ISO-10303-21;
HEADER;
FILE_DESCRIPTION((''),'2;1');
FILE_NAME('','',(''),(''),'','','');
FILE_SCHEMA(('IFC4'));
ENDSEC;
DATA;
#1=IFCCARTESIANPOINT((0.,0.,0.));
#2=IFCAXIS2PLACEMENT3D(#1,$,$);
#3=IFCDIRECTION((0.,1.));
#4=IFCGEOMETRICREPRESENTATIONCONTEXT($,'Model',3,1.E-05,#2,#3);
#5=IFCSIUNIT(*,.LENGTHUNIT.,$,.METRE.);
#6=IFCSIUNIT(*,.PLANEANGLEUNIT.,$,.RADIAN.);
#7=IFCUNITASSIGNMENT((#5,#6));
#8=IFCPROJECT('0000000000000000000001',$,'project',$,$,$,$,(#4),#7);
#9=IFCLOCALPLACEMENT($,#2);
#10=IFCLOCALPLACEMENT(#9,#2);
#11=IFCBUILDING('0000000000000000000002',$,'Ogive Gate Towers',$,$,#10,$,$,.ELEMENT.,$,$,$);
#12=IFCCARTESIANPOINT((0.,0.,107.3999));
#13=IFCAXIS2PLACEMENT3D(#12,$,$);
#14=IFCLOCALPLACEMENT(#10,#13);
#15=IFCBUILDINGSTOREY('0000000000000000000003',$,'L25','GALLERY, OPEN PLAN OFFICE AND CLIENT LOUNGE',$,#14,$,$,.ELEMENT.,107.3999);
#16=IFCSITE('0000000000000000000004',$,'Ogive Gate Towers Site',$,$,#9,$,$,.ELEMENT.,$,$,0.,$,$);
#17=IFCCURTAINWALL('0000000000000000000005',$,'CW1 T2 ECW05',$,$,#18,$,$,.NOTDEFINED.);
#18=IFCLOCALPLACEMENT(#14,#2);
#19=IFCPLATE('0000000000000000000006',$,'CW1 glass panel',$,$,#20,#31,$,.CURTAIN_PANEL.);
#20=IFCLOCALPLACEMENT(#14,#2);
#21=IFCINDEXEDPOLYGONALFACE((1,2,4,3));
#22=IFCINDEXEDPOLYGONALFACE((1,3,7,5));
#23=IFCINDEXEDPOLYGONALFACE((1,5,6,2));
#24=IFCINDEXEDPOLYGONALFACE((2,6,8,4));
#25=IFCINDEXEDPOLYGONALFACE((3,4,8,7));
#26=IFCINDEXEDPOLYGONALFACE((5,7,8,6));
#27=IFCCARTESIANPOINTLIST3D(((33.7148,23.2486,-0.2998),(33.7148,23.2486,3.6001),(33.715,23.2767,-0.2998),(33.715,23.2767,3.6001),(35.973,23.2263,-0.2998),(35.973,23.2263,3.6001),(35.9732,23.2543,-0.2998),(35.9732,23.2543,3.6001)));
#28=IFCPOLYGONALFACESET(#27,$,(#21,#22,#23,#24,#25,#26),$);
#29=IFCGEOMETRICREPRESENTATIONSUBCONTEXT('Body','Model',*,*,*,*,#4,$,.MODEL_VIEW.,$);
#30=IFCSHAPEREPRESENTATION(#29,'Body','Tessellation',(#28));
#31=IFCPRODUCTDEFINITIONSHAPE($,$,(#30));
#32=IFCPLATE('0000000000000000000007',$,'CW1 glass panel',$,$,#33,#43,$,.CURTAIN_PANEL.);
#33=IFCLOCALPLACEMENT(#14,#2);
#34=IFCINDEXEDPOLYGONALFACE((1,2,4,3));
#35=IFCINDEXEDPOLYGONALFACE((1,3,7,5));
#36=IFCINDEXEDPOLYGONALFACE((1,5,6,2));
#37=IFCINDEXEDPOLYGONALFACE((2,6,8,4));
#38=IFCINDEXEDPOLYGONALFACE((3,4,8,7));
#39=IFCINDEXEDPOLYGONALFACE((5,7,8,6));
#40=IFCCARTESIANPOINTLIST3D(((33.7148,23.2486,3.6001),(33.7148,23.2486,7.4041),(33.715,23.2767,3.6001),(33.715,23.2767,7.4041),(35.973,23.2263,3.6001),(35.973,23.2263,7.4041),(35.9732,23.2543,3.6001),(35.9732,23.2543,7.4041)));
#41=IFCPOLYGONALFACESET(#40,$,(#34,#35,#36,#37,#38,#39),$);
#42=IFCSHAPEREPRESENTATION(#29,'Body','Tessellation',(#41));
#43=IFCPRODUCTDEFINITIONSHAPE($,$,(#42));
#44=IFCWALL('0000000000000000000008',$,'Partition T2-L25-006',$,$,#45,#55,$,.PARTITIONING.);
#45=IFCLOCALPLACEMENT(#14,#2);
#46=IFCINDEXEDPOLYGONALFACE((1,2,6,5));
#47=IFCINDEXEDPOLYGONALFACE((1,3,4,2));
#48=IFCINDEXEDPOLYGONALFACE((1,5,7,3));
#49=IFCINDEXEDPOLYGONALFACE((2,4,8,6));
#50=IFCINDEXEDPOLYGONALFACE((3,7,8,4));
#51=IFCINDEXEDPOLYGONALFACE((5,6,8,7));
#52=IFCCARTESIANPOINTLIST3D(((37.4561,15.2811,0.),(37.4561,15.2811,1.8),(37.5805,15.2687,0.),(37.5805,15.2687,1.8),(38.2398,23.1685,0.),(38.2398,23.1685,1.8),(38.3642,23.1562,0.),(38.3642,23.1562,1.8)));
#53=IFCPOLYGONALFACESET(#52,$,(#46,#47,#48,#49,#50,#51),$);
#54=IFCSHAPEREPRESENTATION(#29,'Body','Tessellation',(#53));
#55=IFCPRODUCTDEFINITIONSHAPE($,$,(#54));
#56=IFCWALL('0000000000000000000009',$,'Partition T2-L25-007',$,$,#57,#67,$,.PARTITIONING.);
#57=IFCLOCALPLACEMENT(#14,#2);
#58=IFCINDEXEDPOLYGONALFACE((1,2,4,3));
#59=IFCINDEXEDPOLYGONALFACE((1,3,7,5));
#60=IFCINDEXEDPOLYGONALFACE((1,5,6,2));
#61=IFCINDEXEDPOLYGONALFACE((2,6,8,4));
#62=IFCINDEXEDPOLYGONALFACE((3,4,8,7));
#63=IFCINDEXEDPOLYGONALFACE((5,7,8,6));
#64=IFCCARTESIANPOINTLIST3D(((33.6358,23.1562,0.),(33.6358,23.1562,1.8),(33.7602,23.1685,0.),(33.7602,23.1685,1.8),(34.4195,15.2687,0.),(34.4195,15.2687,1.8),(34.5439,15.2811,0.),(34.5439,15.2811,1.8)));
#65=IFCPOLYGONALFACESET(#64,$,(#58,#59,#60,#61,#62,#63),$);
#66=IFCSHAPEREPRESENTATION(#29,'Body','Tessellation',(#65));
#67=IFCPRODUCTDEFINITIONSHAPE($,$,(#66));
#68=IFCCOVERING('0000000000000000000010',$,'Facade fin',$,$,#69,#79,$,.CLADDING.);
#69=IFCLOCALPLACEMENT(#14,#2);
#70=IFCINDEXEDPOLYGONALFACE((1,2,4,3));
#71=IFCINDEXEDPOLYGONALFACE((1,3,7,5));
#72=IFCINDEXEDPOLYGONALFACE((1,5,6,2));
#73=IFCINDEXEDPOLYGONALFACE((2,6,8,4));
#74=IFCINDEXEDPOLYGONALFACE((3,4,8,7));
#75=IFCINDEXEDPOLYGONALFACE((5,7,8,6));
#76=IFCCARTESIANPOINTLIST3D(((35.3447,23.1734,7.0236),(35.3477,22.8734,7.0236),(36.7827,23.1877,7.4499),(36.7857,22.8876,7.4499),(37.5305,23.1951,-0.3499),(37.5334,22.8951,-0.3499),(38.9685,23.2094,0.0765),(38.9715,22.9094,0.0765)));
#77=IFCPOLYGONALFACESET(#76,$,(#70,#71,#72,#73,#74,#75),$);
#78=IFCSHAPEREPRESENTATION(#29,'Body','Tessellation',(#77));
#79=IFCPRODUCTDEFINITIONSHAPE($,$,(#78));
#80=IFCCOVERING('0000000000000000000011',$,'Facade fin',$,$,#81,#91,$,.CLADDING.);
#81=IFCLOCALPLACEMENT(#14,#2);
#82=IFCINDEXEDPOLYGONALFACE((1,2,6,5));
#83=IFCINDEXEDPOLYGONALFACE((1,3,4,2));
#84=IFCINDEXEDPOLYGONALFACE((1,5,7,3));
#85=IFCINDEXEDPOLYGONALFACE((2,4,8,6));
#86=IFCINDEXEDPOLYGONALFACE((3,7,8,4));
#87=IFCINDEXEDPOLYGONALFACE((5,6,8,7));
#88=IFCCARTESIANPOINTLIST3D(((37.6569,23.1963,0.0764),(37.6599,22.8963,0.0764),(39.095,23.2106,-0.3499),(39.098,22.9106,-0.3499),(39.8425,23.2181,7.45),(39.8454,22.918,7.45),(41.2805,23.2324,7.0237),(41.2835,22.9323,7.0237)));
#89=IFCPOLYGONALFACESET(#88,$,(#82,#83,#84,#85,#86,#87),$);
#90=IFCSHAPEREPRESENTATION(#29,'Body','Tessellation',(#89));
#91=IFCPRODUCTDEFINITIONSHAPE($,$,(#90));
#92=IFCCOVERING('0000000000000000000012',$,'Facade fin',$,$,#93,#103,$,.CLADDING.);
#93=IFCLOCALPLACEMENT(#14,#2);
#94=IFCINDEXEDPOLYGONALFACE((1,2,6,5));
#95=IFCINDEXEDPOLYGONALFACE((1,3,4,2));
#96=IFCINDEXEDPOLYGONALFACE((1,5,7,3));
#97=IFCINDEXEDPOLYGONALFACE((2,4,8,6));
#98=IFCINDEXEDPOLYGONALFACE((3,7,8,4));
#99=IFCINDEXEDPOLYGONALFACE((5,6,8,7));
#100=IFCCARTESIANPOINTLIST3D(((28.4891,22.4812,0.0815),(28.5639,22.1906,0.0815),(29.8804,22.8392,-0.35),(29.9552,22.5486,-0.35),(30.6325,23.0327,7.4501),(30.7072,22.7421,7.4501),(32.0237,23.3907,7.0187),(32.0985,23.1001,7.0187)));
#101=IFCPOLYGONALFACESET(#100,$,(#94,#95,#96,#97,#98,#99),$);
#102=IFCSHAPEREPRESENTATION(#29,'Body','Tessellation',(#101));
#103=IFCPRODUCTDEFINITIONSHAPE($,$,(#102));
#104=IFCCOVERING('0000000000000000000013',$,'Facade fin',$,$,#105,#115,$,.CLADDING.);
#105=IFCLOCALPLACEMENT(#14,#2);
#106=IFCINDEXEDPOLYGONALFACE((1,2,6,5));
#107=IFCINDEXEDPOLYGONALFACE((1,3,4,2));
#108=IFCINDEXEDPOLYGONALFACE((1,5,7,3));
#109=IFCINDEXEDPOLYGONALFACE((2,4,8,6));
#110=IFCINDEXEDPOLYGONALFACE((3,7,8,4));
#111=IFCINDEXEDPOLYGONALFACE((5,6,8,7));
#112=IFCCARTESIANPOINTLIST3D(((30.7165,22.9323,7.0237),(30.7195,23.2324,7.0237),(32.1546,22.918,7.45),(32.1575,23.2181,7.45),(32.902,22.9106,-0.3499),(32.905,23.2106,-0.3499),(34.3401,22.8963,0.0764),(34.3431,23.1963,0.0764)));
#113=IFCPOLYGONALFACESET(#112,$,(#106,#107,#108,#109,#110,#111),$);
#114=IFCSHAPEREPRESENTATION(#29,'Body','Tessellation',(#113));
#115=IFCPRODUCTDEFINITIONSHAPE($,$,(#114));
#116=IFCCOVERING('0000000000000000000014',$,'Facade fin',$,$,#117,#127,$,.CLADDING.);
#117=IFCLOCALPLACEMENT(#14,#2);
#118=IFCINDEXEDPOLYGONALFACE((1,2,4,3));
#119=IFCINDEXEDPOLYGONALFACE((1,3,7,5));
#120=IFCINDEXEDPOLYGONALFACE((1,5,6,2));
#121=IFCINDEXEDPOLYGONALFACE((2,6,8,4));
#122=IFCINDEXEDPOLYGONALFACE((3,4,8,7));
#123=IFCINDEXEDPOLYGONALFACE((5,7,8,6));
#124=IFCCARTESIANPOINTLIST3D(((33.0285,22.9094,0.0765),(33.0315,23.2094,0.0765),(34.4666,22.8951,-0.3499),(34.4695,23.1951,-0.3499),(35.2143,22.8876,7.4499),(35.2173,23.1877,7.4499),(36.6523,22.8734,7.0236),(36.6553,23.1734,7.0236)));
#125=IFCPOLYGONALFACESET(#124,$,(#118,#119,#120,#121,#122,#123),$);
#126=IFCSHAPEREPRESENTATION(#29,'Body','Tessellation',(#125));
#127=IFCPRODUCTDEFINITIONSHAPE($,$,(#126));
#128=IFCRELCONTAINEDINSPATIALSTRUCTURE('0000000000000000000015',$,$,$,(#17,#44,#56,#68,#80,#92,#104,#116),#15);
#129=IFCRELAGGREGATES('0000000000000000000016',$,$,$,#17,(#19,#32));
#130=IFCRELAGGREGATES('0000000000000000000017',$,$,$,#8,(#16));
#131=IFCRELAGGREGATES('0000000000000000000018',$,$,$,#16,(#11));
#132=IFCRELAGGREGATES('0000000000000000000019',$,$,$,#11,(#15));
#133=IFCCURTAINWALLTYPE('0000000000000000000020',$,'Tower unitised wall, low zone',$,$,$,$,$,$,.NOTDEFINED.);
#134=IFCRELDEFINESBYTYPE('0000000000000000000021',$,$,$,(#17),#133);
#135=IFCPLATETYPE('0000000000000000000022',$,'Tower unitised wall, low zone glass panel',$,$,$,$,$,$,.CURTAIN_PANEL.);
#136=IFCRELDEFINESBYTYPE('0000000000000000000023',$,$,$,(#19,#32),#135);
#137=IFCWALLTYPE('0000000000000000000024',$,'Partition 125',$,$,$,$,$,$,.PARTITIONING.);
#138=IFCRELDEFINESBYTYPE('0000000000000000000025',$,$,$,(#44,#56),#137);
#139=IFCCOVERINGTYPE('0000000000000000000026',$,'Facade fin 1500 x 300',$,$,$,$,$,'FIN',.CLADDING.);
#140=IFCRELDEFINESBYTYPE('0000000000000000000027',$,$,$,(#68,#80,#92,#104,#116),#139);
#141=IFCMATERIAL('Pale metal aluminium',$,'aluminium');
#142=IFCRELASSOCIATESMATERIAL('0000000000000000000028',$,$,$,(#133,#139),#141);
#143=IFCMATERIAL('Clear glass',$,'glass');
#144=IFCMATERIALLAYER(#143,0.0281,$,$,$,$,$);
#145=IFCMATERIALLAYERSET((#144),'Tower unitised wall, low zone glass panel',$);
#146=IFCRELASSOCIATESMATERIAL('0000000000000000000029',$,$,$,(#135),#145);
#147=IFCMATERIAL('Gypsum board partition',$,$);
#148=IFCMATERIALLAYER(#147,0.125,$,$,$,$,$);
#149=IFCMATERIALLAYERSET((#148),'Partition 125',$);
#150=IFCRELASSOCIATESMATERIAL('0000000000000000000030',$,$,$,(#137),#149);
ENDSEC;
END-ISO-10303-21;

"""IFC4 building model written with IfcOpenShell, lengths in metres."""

from ifc_helpers import new_model, si_unit, direction, frame, frame_2d, origin, origin_2d, place, context, subcontext, project, spatial, rectangle, extrude, material, layer, layer_set, material_profile, profile_set, type_object, element, aggregate, save


model = new_model("IFC4")

# Units and contexts
model_context = context("Model", 3, precision=1e-05, world=origin(), true_north=direction((0.0, 1.0)))
body_context = subcontext(model_context, "Body", "Model", "MODEL_VIEW")
ifc_project = project(units=[si_unit("LENGTHUNIT", "METRE"), si_unit("PLANEANGLEUNIT", "RADIAN")], contexts=[model_context])

# Site, building, storey
site_placement = place(None, origin())
site = spatial("IfcSite", under=ifc_project, at=site_placement, Name="Ogive Gate Towers Site", CompositionType="ELEMENT", RefElevation=0.0)
building_placement = place(site_placement, origin())
building = spatial("IfcBuilding", under=site, at=building_placement, Name="Ogive Gate Towers", CompositionType="ELEMENT")
storey_placement = place(building_placement, frame((0.0, 0.0, 107.3999)))
storey = spatial("IfcBuildingStorey", under=building, at=storey_placement, Name="L25", Description="GALLERY, OPEN PLAN OFFICE AND CLIENT LOUNGE", CompositionType="ELEMENT", Elevation=107.3999)

# Curtain wall
ifc_material_1 = material(Name="Pale metal aluminium", Category="aluminium")
curtain_wall_type = type_object("IfcCurtainWallType", Name="Tower unitised wall, low zone", PredefinedType="NOTDEFINED", material=ifc_material_1)
curtain_wall_1_placement = place(storey_placement, origin())
curtain_wall_1 = element("IfcCurtainWall", 1, at=curtain_wall_1_placement, inside=storey, type_object=curtain_wall_type, Name="CW1 T2 ECW05", PredefinedType="NOTDEFINED")

# Plates
ifc_material_2 = material(Name="Clear glass", Category="glass")
ifc_layer_1 = layer(ifc_material_2, 0.0281)
ifc_layer_set_1 = layer_set([ifc_layer_1], Name="Tower unitised wall, low zone glass panel")
plate_type = type_object("IfcPlateType", Name="Tower unitised wall, low zone glass panel", PredefinedType="CURTAIN_PANEL", material=ifc_layer_set_1)
plate_1_placement = place(storey_placement, frame((34.844, 23.2515, -0.2998), z_axis=(0.0, 0.0, 1.0), x_axis=(0.999951, -0.009896, 0.0)))
plate_1 = element("IfcPlate", 2, at=plate_1_placement, type_object=plate_type, Name="CW1 glass panel", PredefinedType="CURTAIN_PANEL", context=body_context, shape_type="SweptSolid", body=[
    extrude(rectangle(XDim=2.2583, YDim=0.0281, at=origin_2d()), origin(), (0.0, 0.0, 1.0), 3.8999),
])
plate_2_placement = place(storey_placement, frame((34.844, 23.2515, 3.6001), z_axis=(0.0, 0.0, 1.0), x_axis=(0.999951, -0.009896, 0.0)))
plate_2 = element("IfcPlate", 3, at=plate_2_placement, type_object=plate_type, Name="CW1 glass panel", PredefinedType="CURTAIN_PANEL", context=body_context, shape_type="SweptSolid", body=[
    extrude(rectangle(XDim=2.2583, YDim=0.0281, at=origin_2d()), origin(), (0.0, 0.0, 1.0), 3.804),
])
aggregate(curtain_wall_1, [plate_1, plate_2])

# Walls
ifc_material_3 = material(Name="Gypsum board partition")
ifc_layer_2 = layer(ifc_material_3, 0.125)
ifc_layer_set_2 = layer_set([ifc_layer_2], Name="Partition 125")
wall_type = type_object("IfcWallType", Name="Partition 125", PredefinedType="PARTITIONING", material=ifc_layer_set_2)
for number, where, z_axis, x_axis, name in (
    (4, (38.302, 23.1624, 0.0), (0.0, 0.0, 1.0), (-0.098872, -0.9951, 0.0), "Partition T2-L25-006"),
    (5, (33.698, 23.1624, 0.0), (0.0, 0.0, 1.0), (0.098872, -0.9951, 0.0), "Partition T2-L25-007"),
):
    element("IfcWall", number, at=place(storey_placement, frame(where, z_axis=z_axis, x_axis=x_axis)), inside=storey, type_object=wall_type, Name=name, PredefinedType="PARTITIONING", context=body_context, shape_type="SweptSolid", body=[
        extrude(rectangle(XDim=7.9263, YDim=0.125, at=frame_2d((3.9631, 0.0))), origin(), (0.0, 0.0, 1.0), 1.8),
    ])

# Coverings
ifc_material_profile_1 = material_profile(ifc_material_1, rectangle(XDim=0.3, YDim=1.5, at=origin_2d()), Name="1500 x 300 pale metal aluminium")
ifc_profile_set_1 = profile_set([ifc_material_profile_1], Name="Pale metal aluminium")
covering_type = type_object("IfcCoveringType", Name="Facade fin 1500 x 300", ElementType="FIN", PredefinedType="CLADDING", material=ifc_profile_set_1)
for number, where, z_axis, x_axis, name in (
    (6, (38.251, 23.0522, -0.1367), (-0.284211, -0.002825, 0.958757), (0.00994, -0.999951, 0.0), "Facade fin"),
    (7, (38.3774, 23.0535, -0.1367), (0.284182, 0.002825, 0.958766), (-0.009941, 0.999951, 0.0), "Facade fin"),
):
    element("IfcCovering", number, at=place(storey_placement, frame(where, z_axis=z_axis, x_axis=x_axis)), inside=storey, type_object=covering_type, Name=name, PredefinedType="CLADDING", context=body_context, shape_type="SweptSolid", body=[
        extrude(rectangle(XDim=0.3, YDim=1.5, at=origin_2d()), origin(), (0.0, 0.0, 1.0), 7.6907),
    ])
covering_placement = place(storey_placement, frame((29.2222, 22.5149, -0.1343), z_axis=(0.278575, 0.071683, 0.957736), x_axis=(-0.249201, 0.968452, 0.0)))
element("IfcCovering", 8, at=covering_placement, inside=storey, type_object=covering_type, Name="Facade fin", PredefinedType="CLADDING", context=body_context, shape_type="SweptSolid", body=[
    extrude(rectangle(XDim=0.3, YDim=1.5, at=origin_2d()), origin(), (0.0, 0.0, 1.0), 7.6938),
])
for number, where, z_axis, x_axis, name in (
    (9, (33.6226, 23.0535, -0.1367), (-0.284182, 0.002825, 0.958766), (-0.009941, -0.999951, 0.0), "Facade fin"),
    (10, (33.749, 23.0522, -0.1367), (0.284211, -0.002825, 0.958757), (0.00994, 0.999951, 0.0), "Facade fin"),
):
    element("IfcCovering", number, at=place(storey_placement, frame(where, z_axis=z_axis, x_axis=x_axis)), inside=storey, type_object=covering_type, Name=name, PredefinedType="CLADDING", context=body_context, shape_type="SweptSolid", body=[
        extrude(rectangle(XDim=0.3, YDim=1.5, at=origin_2d()), origin(), (0.0, 0.0, 1.0), 7.6907),
    ])

save(model, "model.ifc")
